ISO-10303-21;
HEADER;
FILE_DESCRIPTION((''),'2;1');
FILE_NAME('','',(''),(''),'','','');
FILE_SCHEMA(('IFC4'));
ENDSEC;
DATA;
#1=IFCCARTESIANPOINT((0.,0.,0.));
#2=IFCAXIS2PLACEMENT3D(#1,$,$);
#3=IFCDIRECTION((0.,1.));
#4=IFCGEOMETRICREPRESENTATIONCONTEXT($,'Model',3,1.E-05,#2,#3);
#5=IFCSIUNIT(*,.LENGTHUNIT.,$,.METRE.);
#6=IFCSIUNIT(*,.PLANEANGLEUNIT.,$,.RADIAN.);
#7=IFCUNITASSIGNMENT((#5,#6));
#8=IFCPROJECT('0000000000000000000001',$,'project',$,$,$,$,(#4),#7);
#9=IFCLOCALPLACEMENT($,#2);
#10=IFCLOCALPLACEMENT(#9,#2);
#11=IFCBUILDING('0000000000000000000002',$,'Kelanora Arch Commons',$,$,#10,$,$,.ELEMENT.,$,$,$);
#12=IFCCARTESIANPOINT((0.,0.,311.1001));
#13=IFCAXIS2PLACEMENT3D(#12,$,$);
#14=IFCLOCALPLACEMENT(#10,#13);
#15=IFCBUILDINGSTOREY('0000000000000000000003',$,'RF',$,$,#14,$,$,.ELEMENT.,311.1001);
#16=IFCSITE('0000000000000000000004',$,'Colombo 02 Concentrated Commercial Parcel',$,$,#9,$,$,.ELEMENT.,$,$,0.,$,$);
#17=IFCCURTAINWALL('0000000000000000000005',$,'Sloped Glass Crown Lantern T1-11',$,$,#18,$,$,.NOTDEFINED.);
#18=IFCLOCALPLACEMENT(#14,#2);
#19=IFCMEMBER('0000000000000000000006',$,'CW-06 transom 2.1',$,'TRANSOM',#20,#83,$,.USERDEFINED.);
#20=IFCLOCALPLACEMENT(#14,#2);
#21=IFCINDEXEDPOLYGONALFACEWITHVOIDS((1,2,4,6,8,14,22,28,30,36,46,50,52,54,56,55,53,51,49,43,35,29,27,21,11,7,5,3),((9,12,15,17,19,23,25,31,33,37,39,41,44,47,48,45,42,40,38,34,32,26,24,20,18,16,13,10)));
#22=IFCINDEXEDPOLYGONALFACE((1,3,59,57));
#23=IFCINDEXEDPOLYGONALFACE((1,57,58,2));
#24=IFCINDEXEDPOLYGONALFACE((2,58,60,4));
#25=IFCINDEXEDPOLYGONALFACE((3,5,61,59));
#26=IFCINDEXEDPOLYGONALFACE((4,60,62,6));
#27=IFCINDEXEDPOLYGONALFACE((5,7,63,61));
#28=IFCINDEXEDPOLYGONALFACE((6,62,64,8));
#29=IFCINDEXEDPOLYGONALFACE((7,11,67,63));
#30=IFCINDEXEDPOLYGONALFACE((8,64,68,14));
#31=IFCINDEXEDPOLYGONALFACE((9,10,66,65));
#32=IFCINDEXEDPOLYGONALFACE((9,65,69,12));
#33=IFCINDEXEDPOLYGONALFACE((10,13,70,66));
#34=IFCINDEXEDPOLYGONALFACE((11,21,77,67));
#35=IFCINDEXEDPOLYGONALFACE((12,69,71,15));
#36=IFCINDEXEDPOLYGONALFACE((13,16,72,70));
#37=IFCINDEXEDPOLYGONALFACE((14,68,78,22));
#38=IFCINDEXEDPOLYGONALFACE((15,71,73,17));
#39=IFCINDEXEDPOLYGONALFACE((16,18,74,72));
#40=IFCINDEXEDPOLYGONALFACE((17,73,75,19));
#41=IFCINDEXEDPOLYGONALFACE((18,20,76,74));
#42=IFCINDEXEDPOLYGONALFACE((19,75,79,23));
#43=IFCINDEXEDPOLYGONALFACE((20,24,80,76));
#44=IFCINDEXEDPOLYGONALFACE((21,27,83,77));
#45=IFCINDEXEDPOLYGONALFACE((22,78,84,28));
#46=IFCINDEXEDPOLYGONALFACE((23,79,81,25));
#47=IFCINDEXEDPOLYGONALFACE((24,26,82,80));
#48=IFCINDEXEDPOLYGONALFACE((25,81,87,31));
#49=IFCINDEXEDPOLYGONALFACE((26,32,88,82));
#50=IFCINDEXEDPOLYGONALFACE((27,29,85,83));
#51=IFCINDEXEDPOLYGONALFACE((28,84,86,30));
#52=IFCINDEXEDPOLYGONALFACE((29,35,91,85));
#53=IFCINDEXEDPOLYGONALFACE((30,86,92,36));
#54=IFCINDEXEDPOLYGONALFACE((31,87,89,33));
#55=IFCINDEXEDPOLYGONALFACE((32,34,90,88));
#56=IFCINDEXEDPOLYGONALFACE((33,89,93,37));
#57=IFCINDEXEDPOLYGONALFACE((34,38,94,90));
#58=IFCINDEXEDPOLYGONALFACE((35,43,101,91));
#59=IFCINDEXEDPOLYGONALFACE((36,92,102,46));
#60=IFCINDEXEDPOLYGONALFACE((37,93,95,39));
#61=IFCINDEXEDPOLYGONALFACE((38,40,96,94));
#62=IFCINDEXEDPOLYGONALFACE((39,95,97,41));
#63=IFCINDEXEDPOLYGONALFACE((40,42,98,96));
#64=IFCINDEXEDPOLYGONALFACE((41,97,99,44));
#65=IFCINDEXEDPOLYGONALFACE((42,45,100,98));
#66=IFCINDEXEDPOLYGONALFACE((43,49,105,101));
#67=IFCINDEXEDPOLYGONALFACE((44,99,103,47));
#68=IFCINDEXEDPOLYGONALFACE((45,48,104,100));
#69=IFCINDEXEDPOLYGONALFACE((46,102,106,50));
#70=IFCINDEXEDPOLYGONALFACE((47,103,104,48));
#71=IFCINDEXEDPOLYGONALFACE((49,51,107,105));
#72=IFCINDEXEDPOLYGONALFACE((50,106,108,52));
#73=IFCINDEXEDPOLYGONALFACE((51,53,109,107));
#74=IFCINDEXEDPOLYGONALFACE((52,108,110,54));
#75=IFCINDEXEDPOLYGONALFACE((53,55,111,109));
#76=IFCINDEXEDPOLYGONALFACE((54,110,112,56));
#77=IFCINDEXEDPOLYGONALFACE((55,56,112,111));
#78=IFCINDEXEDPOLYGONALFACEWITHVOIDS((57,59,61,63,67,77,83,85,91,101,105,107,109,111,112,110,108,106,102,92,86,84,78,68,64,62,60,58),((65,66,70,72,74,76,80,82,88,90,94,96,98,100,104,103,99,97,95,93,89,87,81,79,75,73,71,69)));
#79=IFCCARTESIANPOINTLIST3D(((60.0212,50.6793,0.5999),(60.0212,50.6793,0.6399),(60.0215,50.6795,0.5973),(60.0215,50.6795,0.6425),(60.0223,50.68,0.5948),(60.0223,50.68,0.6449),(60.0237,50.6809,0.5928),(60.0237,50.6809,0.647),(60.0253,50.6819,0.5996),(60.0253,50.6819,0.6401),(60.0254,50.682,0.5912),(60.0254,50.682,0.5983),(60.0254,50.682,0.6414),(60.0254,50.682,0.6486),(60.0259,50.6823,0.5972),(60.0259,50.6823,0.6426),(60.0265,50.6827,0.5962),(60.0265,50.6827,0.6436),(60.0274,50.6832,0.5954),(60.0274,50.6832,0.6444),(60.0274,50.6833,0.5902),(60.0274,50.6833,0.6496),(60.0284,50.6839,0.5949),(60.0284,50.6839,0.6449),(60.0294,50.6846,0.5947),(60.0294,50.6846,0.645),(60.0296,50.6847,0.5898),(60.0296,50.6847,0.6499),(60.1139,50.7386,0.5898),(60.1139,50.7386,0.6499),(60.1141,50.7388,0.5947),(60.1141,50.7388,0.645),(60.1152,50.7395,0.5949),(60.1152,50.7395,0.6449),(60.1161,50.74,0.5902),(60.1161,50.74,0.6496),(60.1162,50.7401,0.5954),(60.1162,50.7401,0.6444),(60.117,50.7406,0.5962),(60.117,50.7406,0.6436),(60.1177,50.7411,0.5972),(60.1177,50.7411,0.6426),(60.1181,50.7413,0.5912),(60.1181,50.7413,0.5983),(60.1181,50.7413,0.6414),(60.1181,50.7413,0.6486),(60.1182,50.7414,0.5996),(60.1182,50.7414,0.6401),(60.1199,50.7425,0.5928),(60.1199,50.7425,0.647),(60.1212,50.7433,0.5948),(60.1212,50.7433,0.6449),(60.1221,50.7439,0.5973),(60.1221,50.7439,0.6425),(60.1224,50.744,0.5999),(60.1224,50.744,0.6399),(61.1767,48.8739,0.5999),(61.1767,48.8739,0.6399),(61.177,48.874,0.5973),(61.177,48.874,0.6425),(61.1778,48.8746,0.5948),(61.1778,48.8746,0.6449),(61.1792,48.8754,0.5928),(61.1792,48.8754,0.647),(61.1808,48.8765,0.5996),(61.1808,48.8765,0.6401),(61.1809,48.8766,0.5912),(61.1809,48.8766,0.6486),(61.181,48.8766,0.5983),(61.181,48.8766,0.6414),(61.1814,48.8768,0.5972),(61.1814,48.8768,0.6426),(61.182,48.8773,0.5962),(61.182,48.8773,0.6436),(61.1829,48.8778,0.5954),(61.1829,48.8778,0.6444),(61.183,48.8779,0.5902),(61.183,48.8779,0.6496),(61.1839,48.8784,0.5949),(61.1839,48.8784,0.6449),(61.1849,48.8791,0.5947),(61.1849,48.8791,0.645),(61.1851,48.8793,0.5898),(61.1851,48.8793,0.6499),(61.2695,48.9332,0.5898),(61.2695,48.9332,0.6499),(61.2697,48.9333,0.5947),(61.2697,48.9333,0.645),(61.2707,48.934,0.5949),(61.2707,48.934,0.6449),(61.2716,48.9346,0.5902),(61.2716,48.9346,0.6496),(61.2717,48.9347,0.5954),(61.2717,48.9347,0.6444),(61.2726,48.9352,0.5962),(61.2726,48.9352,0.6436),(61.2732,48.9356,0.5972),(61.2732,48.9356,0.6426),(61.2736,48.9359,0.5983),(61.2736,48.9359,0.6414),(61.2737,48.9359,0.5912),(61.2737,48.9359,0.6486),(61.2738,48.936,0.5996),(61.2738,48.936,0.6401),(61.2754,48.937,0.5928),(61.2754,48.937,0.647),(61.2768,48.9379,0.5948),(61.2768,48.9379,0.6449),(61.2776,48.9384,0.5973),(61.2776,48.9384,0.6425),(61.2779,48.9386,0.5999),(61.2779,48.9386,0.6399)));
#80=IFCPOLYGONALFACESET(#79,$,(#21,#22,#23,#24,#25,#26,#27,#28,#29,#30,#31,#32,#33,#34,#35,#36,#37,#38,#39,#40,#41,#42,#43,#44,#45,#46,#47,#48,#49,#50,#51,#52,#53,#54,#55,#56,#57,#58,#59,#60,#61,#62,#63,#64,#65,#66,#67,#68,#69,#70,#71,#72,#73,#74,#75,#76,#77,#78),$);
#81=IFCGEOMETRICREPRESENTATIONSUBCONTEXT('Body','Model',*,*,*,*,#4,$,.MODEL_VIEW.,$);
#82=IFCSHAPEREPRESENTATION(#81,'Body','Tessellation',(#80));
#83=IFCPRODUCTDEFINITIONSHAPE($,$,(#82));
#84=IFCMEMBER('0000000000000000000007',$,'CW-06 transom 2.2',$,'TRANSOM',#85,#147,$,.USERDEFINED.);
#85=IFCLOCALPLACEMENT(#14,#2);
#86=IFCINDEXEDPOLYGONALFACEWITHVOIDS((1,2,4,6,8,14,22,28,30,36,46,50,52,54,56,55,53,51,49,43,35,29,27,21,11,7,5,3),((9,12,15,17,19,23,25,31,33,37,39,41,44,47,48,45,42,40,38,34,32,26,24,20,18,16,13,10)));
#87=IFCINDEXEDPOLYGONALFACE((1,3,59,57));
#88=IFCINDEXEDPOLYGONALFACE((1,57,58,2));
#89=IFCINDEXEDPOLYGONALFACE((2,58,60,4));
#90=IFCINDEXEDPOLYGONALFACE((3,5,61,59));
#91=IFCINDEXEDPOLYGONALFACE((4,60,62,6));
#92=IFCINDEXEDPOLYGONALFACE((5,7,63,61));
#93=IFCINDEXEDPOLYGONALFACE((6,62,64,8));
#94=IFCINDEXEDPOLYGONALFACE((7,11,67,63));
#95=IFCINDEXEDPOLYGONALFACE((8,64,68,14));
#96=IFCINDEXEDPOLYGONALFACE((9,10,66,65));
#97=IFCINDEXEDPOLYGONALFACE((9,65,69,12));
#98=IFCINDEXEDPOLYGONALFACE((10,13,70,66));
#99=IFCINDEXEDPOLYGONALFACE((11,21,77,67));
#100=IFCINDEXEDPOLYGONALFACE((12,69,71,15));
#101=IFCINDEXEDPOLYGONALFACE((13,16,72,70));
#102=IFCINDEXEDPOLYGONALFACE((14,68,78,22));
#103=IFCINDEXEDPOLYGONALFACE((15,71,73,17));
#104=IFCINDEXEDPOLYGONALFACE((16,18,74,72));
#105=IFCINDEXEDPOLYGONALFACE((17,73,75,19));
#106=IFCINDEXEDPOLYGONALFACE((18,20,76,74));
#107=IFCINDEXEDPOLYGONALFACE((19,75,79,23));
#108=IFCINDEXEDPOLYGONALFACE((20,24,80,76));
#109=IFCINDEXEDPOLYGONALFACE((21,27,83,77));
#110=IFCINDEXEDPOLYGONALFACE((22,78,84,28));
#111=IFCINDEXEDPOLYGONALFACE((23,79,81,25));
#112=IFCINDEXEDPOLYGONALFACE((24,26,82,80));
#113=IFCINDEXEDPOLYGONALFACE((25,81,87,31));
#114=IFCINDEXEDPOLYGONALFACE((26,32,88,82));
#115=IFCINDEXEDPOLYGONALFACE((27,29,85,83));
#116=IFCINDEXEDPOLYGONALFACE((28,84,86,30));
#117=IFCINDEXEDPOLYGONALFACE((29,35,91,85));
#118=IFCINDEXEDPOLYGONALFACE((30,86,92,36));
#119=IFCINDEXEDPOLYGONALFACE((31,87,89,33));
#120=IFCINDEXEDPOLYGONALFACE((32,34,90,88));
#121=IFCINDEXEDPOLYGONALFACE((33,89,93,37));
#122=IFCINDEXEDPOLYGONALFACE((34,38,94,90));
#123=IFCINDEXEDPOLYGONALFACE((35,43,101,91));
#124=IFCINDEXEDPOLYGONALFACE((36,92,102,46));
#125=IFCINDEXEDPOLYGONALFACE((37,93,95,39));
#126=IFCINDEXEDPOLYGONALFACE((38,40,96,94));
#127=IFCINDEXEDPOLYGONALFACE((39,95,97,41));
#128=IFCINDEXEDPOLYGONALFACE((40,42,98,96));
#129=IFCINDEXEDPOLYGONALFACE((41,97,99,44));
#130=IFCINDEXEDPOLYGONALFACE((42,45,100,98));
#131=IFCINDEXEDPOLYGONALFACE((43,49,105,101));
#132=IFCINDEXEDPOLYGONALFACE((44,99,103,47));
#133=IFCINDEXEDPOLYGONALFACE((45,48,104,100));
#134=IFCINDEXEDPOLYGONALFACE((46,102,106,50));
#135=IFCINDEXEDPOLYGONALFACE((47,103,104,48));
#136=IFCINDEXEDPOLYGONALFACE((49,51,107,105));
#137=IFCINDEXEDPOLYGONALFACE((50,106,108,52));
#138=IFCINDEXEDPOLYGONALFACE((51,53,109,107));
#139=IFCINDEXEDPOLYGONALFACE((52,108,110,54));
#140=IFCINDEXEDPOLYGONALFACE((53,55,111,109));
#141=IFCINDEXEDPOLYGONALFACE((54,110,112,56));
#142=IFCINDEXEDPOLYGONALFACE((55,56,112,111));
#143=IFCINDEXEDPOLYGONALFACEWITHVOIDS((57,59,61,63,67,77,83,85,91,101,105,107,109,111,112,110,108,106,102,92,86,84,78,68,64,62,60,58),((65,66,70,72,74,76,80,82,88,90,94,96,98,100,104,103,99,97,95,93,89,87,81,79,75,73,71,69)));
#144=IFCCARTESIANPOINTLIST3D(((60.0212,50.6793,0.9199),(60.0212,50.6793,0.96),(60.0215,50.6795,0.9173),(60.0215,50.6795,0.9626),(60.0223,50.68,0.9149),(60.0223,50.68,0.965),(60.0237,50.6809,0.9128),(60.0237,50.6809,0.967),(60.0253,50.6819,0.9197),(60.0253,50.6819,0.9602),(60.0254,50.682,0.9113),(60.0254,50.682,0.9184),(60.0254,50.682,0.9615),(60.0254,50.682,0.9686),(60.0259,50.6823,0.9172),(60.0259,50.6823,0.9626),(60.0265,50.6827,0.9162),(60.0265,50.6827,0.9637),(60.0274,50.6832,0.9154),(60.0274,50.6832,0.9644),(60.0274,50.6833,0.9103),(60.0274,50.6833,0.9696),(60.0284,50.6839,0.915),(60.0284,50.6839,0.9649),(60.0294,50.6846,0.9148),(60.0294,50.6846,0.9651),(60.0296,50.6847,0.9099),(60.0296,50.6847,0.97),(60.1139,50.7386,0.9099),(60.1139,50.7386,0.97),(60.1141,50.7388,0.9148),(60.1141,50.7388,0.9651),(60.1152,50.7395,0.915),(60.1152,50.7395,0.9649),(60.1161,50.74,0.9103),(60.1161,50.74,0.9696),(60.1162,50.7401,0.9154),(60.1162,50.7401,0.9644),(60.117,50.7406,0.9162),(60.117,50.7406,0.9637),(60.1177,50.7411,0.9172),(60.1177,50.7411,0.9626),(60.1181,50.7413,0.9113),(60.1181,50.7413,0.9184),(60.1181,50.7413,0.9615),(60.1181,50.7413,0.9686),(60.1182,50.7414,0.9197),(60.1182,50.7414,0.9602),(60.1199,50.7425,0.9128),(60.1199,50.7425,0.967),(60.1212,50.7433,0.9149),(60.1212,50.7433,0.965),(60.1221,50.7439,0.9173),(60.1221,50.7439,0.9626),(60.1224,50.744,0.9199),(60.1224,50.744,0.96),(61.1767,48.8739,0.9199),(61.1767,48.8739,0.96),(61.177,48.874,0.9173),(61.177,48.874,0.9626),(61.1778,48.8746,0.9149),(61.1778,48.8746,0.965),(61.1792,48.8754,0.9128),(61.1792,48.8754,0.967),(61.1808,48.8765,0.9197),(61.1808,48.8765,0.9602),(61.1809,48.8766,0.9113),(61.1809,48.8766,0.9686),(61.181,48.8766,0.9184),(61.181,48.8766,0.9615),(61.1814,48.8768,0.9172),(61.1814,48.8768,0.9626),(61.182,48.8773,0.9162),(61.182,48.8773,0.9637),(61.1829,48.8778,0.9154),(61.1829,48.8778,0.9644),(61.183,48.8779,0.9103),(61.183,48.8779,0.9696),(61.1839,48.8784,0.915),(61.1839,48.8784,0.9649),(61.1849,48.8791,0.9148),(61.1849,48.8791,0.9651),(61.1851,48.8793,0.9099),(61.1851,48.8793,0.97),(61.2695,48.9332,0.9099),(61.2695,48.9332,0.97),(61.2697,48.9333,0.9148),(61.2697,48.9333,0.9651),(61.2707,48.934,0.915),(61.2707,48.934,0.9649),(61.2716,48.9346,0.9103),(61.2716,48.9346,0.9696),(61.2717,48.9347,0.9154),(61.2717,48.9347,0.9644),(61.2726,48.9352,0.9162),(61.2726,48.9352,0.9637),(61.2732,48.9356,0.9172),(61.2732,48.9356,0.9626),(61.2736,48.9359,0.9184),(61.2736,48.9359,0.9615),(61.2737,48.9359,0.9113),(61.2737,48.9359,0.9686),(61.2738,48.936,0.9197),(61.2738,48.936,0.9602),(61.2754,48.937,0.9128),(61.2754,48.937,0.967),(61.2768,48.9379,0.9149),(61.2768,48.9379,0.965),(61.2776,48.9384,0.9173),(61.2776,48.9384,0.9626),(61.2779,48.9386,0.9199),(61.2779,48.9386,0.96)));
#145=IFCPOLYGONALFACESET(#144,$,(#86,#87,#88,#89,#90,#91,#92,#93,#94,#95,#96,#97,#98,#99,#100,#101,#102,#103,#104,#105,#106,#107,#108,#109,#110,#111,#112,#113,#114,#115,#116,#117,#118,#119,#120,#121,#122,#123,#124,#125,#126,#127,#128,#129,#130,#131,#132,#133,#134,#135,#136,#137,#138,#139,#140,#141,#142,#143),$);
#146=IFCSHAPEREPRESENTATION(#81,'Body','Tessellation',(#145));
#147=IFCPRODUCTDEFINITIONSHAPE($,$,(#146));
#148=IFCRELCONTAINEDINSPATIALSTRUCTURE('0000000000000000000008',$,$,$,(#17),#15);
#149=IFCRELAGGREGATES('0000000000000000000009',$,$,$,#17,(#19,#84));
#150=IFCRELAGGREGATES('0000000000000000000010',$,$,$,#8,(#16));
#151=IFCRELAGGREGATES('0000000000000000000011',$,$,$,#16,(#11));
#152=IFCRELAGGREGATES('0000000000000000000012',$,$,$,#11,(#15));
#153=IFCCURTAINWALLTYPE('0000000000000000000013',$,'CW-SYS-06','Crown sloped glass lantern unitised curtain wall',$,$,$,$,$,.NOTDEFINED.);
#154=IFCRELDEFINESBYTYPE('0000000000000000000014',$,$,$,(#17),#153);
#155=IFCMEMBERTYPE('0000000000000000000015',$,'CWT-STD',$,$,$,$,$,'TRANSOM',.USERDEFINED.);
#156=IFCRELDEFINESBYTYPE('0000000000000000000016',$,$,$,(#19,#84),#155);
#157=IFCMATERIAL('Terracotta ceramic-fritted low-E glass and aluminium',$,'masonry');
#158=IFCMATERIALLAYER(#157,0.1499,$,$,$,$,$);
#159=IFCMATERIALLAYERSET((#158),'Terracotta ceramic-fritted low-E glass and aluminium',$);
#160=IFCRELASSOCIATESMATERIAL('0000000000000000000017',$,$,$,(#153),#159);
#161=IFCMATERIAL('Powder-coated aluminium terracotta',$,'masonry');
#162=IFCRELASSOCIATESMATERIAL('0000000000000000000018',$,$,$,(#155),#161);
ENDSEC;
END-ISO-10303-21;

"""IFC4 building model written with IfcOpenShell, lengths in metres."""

from ifc_helpers import new_model, si_unit, direction, frame, origin, origin_2d, place, context, subcontext, project, spatial, hollow_rectangle, extrude, material, layer, layer_set, material_profile, profile_set, type_object, element, aggregate, save


model = new_model("IFC4")

# Units and contexts
model_context = context("Model", 3, precision=1e-05, world=origin(), true_north=direction((0.0, 1.0)))
body_context = subcontext(model_context, "Body", "Model", "MODEL_VIEW")
ifc_project = project(units=[si_unit("LENGTHUNIT", "METRE"), si_unit("PLANEANGLEUNIT", "RADIAN")], contexts=[model_context])

# Site, building, storey
site_placement = place(None, origin())
site = spatial("IfcSite", under=ifc_project, at=site_placement, Name="Colombo 02 Concentrated Commercial Parcel", CompositionType="ELEMENT", RefElevation=0.0)
building_placement = place(site_placement, origin())
building = spatial("IfcBuilding", under=site, at=building_placement, Name="Kelanora Arch Commons", CompositionType="ELEMENT")
storey_placement = place(building_placement, frame((0.0, 0.0, 311.1001)))
storey = spatial("IfcBuildingStorey", under=building, at=storey_placement, Name="RF", CompositionType="ELEMENT", Elevation=311.1001)

# Curtain wall, members
ifc_material_1 = material(Name="Terracotta ceramic-fritted low-E glass and aluminium", Category="masonry")
ifc_layer_1 = layer(ifc_material_1, 0.1499)
ifc_layer_set_1 = layer_set([ifc_layer_1], Name="Terracotta ceramic-fritted low-E glass and aluminium")
curtain_wall_type = type_object("IfcCurtainWallType", Name="CW-SYS-06", Description="Crown sloped glass lantern unitised curtain wall", PredefinedType="NOTDEFINED", material=ifc_layer_set_1)
curtain_wall_placement = place(storey_placement, origin())
curtain_wall = element("IfcCurtainWall", 1, at=curtain_wall_placement, inside=storey, type_object=curtain_wall_type, Name="Sloped Glass Crown Lantern T1-11", PredefinedType="NOTDEFINED")
ifc_material_2 = material(Name="Powder-coated aluminium terracotta", Category="masonry")
ifc_material_profile_1 = material_profile(ifc_material_2, hollow_rectangle(XDim=0.1201, YDim=0.0601, WallThickness=0.0049, InnerFilletRadius=0.0049, OuterFilletRadius=0.01, at=origin_2d()), Name="CWT120x60")
ifc_profile_set_1 = profile_set([ifc_material_profile_1], Name="Powder-coated aluminium terracotta")
member_type_1 = type_object("IfcMemberType", Name="CWT-STD", ElementType="TRANSOM", PredefinedType="USERDEFINED", material=ifc_profile_set_1)
member_1_placement = place(storey_placement, frame((60.0718, 50.7117, 0.6199), z_axis=(0.53907, -0.842261, 0.0), x_axis=(0.842261, 0.53907, 0.0)))
member_1 = element("IfcMember", 2, at=member_1_placement, type_object=member_type_1, Name="CW-06 transom 2.1", ObjectType="TRANSOM", PredefinedType="USERDEFINED", context=body_context, shape_type="SweptSolid", body=[
    extrude(hollow_rectangle(XDim=0.1201, YDim=0.0601, WallThickness=0.0049, InnerFilletRadius=0.0049, OuterFilletRadius=0.01, at=origin_2d()), origin(), (0.0, 0.0, 1.0), 2.1436),
])
member_2_placement = place(storey_placement, frame((60.0718, 50.7117, 0.9399), z_axis=(0.53907, -0.842261, 0.0), x_axis=(0.842261, 0.53907, 0.0)))
member_2 = element("IfcMember", 3, at=member_2_placement, type_object=member_type_1, Name="CW-06 transom 2.2", ObjectType="TRANSOM", PredefinedType="USERDEFINED", context=body_context, shape_type="SweptSolid", body=[
    extrude(hollow_rectangle(XDim=0.1201, YDim=0.0601, WallThickness=0.0049, InnerFilletRadius=0.0049, OuterFilletRadius=0.01, at=origin_2d()), origin(), (0.0, 0.0, 1.0), 2.1436),
])
aggregate(curtain_wall, [member_1, member_2])

save(model, "model.ifc")
